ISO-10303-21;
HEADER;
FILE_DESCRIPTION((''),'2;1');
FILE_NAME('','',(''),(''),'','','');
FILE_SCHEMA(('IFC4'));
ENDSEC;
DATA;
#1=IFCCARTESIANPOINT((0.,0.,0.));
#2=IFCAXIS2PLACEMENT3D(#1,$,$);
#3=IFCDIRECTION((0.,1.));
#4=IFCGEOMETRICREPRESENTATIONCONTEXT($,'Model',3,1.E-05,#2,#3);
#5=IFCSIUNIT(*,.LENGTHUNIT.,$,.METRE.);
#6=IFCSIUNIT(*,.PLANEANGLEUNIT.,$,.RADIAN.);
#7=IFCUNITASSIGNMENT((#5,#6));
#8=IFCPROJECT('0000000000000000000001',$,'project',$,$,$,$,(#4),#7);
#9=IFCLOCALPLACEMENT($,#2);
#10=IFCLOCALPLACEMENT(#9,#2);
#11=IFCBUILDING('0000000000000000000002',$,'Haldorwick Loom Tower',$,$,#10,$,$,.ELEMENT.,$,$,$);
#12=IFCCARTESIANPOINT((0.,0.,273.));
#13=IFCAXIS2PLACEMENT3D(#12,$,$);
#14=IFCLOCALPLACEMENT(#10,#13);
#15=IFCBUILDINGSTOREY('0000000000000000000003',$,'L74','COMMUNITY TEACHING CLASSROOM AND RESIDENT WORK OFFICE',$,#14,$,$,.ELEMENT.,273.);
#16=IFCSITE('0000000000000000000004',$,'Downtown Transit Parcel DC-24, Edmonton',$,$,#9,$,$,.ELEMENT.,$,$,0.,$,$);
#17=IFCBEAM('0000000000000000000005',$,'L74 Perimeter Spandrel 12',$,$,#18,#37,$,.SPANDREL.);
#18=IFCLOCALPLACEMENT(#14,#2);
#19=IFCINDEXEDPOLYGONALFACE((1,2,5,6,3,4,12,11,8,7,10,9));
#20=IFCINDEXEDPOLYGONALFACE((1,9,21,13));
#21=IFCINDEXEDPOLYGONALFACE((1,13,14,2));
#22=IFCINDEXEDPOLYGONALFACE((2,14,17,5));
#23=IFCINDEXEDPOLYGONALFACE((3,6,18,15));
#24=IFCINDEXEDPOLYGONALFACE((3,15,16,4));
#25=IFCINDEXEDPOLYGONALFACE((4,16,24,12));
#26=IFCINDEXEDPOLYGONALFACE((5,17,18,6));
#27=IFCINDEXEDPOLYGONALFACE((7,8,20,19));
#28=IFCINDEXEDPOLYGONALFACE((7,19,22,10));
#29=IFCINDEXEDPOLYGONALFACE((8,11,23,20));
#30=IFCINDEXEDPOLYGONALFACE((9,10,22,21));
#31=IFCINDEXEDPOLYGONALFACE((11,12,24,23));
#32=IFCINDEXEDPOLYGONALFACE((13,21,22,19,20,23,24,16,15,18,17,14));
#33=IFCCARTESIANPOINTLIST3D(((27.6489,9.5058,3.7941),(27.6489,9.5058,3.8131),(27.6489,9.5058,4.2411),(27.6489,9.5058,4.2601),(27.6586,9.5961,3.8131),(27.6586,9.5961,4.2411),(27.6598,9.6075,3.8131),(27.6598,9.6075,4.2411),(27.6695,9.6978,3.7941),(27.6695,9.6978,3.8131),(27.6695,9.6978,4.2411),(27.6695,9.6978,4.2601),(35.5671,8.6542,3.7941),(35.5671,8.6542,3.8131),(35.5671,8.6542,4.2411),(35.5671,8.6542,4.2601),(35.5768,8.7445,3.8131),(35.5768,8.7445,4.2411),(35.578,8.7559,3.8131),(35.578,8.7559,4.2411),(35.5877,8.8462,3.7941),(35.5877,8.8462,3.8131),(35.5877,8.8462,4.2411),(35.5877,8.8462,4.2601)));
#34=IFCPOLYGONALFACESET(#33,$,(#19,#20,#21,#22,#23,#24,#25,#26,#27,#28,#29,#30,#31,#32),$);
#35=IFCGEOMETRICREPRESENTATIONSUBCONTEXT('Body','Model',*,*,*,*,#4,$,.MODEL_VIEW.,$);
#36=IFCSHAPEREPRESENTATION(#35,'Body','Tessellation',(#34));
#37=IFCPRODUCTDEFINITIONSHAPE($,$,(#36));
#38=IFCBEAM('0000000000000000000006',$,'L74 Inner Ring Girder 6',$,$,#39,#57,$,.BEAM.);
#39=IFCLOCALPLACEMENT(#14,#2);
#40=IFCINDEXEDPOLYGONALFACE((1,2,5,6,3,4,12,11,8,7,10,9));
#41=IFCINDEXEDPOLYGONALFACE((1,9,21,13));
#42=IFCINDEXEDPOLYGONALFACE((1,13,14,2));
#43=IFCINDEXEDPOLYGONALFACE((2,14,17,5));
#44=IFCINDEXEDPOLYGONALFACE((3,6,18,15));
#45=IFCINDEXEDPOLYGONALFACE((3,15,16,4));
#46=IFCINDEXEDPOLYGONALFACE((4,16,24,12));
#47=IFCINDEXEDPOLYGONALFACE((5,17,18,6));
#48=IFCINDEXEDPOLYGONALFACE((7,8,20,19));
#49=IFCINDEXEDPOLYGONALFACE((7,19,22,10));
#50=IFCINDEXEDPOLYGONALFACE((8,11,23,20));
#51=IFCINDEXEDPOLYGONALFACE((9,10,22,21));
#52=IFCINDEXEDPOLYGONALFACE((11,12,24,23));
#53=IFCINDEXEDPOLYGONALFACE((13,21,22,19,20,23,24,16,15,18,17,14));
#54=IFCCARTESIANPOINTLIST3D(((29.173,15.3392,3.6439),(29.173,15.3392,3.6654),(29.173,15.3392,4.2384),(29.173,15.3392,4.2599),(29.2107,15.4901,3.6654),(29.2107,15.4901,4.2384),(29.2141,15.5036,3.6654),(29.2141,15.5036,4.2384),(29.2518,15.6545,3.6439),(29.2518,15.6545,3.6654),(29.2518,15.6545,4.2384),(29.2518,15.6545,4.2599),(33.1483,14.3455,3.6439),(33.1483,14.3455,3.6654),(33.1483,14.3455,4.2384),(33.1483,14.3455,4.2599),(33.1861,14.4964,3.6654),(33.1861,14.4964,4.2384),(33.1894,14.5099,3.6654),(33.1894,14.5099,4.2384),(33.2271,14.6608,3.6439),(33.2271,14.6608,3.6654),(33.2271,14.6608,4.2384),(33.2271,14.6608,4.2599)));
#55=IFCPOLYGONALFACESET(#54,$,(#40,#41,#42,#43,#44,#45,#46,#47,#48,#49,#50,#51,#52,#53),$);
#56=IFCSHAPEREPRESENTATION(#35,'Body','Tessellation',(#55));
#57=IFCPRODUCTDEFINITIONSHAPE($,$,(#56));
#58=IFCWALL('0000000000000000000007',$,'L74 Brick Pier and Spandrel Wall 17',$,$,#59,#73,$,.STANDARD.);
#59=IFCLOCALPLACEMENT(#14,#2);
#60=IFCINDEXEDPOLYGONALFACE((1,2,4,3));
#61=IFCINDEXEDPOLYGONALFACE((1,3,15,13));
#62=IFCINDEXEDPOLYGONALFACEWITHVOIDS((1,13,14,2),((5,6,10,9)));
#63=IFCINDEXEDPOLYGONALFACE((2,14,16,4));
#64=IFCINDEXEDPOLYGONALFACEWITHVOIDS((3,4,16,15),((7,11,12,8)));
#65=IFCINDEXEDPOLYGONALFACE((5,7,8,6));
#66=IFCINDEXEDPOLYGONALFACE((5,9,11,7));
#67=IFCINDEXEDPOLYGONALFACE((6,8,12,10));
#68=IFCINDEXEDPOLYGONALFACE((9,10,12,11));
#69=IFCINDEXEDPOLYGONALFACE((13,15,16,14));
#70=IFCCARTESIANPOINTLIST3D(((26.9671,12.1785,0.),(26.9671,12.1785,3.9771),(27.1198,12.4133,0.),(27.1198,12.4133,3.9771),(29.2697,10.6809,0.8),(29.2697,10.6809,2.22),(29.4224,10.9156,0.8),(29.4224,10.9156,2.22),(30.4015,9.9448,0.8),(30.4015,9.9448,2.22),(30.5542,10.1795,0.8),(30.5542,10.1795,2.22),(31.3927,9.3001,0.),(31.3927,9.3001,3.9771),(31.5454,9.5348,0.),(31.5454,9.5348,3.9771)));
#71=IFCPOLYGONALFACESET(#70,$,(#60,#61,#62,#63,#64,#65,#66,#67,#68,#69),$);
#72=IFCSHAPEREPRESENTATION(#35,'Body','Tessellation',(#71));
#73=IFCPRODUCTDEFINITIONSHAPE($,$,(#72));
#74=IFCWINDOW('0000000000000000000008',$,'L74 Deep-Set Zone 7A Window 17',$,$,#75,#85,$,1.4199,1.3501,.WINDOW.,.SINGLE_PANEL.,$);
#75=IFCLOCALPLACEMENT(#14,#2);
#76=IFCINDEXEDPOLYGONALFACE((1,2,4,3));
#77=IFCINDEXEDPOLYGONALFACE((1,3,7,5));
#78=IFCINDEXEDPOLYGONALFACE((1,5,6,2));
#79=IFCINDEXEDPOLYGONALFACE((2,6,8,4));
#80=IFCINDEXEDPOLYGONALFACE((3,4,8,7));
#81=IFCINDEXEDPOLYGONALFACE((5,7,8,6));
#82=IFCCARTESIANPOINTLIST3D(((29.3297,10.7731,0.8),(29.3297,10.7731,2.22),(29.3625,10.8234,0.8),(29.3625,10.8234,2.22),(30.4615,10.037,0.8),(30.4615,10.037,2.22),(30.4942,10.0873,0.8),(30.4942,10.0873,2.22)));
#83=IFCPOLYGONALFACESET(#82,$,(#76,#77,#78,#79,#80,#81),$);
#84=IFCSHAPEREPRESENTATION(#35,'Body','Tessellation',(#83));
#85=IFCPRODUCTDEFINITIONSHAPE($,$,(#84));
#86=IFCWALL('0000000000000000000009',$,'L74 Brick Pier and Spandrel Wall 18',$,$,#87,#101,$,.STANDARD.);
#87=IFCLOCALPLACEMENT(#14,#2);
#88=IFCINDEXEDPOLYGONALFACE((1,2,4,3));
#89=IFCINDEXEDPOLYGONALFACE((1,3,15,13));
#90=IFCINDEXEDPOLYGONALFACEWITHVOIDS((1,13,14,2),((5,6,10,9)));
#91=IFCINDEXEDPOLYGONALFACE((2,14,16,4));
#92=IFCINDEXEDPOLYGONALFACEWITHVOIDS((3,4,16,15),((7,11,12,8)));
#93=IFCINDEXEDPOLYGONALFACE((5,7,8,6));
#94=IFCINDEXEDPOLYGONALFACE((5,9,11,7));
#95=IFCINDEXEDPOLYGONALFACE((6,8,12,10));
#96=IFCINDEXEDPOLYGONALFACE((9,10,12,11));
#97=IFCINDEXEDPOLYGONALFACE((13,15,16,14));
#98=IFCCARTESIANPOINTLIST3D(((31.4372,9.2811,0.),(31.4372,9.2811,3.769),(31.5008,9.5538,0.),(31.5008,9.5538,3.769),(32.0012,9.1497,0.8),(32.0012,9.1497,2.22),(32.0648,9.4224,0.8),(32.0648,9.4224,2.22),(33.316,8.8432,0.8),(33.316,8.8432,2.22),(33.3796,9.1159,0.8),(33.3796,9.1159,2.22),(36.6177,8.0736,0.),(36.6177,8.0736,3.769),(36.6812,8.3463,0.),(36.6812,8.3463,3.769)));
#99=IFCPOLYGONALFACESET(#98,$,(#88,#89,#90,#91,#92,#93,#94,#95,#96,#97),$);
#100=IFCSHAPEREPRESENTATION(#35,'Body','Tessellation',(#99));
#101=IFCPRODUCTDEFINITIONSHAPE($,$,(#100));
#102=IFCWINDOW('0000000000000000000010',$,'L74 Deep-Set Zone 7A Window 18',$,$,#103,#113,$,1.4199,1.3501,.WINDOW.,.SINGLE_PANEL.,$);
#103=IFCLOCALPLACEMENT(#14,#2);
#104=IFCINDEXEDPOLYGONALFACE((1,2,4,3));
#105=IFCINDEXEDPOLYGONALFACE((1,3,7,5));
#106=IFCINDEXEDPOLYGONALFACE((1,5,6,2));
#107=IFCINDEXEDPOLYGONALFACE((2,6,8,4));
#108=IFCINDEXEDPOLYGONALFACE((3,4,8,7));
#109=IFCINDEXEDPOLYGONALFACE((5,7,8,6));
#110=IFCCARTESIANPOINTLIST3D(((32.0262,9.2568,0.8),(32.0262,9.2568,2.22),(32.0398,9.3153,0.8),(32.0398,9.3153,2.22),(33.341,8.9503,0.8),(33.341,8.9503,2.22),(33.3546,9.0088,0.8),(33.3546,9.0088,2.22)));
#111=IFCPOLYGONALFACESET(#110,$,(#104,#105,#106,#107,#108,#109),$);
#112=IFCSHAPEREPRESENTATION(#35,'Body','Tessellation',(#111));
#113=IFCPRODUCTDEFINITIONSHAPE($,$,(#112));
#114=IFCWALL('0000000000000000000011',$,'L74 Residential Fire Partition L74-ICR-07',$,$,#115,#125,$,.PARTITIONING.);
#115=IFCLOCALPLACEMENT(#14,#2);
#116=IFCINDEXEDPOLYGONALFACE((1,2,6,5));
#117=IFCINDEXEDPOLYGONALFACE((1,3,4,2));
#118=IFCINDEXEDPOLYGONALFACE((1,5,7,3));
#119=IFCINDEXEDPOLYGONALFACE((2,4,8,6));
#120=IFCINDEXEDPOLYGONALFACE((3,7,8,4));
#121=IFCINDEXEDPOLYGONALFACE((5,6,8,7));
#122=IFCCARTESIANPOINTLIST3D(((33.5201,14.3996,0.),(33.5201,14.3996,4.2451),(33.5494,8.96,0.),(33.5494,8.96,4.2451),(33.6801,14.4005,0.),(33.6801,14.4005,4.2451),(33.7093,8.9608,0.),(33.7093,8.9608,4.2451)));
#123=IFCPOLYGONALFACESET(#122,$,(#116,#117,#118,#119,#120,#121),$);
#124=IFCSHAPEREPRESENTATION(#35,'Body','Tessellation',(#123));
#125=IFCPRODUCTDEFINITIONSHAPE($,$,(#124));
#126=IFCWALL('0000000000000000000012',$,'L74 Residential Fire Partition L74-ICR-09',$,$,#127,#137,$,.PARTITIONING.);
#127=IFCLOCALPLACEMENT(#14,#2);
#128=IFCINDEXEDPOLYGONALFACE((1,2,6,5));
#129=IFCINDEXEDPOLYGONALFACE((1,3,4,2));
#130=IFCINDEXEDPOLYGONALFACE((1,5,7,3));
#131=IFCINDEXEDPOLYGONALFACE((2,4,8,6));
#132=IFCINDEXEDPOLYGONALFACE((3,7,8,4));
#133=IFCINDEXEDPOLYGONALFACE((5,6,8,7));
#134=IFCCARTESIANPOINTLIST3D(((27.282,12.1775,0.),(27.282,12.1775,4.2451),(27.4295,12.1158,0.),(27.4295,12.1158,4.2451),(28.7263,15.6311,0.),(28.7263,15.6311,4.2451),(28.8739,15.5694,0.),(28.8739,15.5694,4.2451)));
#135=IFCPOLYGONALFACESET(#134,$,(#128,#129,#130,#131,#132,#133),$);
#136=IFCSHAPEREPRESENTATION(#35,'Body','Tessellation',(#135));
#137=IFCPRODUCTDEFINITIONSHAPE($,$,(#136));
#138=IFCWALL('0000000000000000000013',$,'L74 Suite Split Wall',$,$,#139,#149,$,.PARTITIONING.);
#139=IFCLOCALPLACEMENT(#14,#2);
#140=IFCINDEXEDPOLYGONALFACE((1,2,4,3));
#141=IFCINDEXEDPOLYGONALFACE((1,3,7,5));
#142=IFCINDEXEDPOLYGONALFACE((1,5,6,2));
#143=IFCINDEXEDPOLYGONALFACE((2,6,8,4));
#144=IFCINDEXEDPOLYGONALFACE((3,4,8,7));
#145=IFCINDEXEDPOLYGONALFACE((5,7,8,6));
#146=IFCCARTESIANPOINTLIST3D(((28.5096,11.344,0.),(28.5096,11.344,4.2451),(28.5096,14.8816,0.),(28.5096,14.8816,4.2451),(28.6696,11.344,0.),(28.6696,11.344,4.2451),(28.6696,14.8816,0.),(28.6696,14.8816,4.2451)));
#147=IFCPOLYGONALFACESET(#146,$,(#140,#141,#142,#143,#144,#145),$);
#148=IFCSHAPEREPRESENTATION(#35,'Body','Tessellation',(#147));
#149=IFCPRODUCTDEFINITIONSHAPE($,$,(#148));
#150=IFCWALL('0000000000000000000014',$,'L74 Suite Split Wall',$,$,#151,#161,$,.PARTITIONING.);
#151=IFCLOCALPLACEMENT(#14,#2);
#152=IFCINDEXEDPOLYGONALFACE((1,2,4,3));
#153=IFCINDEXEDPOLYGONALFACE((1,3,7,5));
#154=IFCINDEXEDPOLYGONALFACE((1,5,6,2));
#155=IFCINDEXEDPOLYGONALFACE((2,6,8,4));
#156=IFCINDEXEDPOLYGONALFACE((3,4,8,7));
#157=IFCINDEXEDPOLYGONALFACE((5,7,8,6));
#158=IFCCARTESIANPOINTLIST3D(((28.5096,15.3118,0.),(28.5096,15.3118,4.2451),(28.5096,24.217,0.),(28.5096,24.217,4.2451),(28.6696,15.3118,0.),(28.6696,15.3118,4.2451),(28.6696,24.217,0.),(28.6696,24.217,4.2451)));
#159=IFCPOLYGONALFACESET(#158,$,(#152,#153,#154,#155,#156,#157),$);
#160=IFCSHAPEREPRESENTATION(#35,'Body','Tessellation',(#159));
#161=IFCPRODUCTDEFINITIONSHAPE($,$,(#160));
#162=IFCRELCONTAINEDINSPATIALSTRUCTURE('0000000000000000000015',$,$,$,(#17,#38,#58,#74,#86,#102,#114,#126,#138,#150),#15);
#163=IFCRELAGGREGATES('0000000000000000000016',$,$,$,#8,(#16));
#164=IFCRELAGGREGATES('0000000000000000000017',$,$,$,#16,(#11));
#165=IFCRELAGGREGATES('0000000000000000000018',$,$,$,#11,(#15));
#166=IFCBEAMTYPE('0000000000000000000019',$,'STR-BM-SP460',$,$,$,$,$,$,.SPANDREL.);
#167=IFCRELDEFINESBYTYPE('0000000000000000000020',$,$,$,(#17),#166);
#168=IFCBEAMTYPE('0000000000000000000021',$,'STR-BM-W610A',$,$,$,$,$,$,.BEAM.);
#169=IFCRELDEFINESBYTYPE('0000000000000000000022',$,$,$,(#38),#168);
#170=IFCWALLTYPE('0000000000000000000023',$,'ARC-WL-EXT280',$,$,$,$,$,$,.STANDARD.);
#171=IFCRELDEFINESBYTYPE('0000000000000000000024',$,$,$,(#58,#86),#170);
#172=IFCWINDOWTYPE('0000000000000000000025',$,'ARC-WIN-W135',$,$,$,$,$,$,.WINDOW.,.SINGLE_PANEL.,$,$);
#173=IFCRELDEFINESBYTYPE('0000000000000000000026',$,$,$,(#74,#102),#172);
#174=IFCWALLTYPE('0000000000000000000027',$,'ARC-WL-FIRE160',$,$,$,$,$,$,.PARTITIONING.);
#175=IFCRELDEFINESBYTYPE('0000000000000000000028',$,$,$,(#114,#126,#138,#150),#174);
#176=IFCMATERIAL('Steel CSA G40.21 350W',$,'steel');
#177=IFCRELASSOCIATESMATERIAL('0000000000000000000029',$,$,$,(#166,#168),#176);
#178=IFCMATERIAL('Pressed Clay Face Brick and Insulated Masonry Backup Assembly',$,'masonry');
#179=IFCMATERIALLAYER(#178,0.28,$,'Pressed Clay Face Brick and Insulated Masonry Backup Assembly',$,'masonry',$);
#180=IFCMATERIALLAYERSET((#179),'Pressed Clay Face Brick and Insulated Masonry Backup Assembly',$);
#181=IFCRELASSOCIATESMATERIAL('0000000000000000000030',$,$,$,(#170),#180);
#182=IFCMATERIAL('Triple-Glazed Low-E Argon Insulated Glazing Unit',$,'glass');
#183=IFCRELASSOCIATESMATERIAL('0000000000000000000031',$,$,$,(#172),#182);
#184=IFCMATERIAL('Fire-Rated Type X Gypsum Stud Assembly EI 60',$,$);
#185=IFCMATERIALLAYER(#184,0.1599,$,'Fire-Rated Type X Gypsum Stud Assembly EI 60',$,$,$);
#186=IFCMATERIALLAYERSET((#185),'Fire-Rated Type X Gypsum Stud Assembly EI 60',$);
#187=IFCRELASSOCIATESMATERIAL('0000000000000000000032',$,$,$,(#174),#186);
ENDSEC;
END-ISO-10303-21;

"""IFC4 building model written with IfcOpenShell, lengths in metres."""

from ifc_helpers import new_model, si_unit, direction, frame, frame_2d, origin, origin_2d, place, context, subcontext, project, spatial, rectangle, i_section, extrude, material, layer, layer_set, material_profile, profile_set, type_object, element, fill, save


model = new_model("IFC4")

# Units and contexts
model_context = context("Model", 3, precision=1e-05, world=origin(), true_north=direction((0.0, 1.0)))
body_context = subcontext(model_context, "Body", "Model", "MODEL_VIEW")
ifc_project = project(units=[si_unit("LENGTHUNIT", "METRE"), si_unit("PLANEANGLEUNIT", "RADIAN")], contexts=[model_context])

# Site, building, storey
site_placement = place(None, origin())
site = spatial("IfcSite", under=ifc_project, at=site_placement, Name="Downtown Transit Parcel DC-24, Edmonton", CompositionType="ELEMENT", RefElevation=0.0)
building_placement = place(site_placement, origin())
building = spatial("IfcBuilding", under=site, at=building_placement, Name="Haldorwick Loom Tower", CompositionType="ELEMENT")
storey_placement = place(building_placement, frame((0.0, 0.0, 273.0)))
storey = spatial("IfcBuildingStorey", under=building, at=storey_placement, Name="L74", Description="COMMUNITY TEACHING CLASSROOM AND RESIDENT WORK OFFICE", CompositionType="ELEMENT", Elevation=273.0)

# Beams
ifc_material_1 = material(Name="Steel CSA G40.21 350W", Category="steel")
ifc_material_profile_1 = material_profile(ifc_material_1, i_section(OverallWidth=0.1931, OverallDepth=0.4661, WebThickness=0.0115, FlangeThickness=0.019, at=origin_2d()), Name="W460X97", Category="steel")
ifc_profile_set_1 = profile_set([ifc_material_profile_1], Name="Steel CSA G40.21 350W")
beam_type_1 = type_object("IfcBeamType", Name="STR-BM-SP460", PredefinedType="SPANDREL", material=ifc_profile_set_1)
beam_1_placement = place(storey_placement, frame((27.6592, 9.6018, 4.0271), z_axis=(0.994267, -0.106928, 0.0), x_axis=(0.106928, 0.994267, 0.0)))
element("IfcBeam", 1, at=beam_1_placement, inside=storey, type_object=beam_type_1, Name="L74 Perimeter Spandrel 12", PredefinedType="SPANDREL", context=body_context, shape_type="SweptSolid", body=[
    extrude(i_section(OverallWidth=0.1931, OverallDepth=0.4661, WebThickness=0.0115, FlangeThickness=0.019, at=origin_2d()), origin(), (0.0, 0.0, 1.0), 7.9639),
])
ifc_material_profile_2 = material_profile(ifc_material_1, i_section(OverallWidth=0.325, OverallDepth=0.616, WebThickness=0.0139, FlangeThickness=0.0215, at=origin_2d()), Name="W610X174", Category="steel")
ifc_profile_set_2 = profile_set([ifc_material_profile_2], Name="Steel CSA G40.21 350W")
beam_type_2 = type_object("IfcBeamType", Name="STR-BM-W610A", PredefinedType="BEAM", material=ifc_profile_set_2)
beam_2_placement = place(storey_placement, frame((33.1877, 14.5032, 3.9519), z_axis=(-0.970153, 0.242494, 0.0), x_axis=(-0.242494, -0.970153, 0.0)))
element("IfcBeam", 2, at=beam_2_placement, inside=storey, type_object=beam_type_2, Name="L74 Inner Ring Girder 6", PredefinedType="BEAM", context=body_context, shape_type="SweptSolid", body=[
    extrude(i_section(OverallWidth=0.325, OverallDepth=0.616, WebThickness=0.0139, FlangeThickness=0.0215, at=origin_2d()), origin(), (0.0, 0.0, 1.0), 4.0977),
])

# Walls, openings, windows
ifc_material_2 = material(Name="Pressed Clay Face Brick and Insulated Masonry Backup Assembly", Category="masonry")
ifc_layer_1 = layer(ifc_material_2, 0.28, Name="Pressed Clay Face Brick and Insulated Masonry Backup Assembly", Category="masonry")
ifc_layer_set_1 = layer_set([ifc_layer_1], Name="Pressed Clay Face Brick and Insulated Masonry Backup Assembly")
wall_type_1 = type_object("IfcWallType", Name="ARC-WL-EXT280", PredefinedType="STANDARD", material=ifc_layer_set_1)
wall_1_placement = place(storey_placement, frame((27.0435, 12.2959, 0.0), z_axis=(0.0, 0.0, 1.0), x_axis=(0.838286, -0.545231, 0.0)))
wall_1 = element("IfcWall", 3, at=wall_1_placement, inside=storey, type_object=wall_type_1, Name="L74 Brick Pier and Spandrel Wall 17", PredefinedType="STANDARD", context=body_context, shape_type="SweptSolid", body=[
    extrude(rectangle(XDim=5.2793, YDim=0.28, at=frame_2d((2.6396, 0.0))), origin(), (0.0, 0.0, 1.0), 3.9771),
])
opening_1_placement = place(wall_1_placement, frame((2.7468, 0.0, 0.8)))
opening_1 = element("IfcOpeningElement", 4, at=opening_1_placement, cuts=wall_1, PredefinedType="OPENING", context=body_context, shape_type="SweptSolid", body=[
    extrude(rectangle(XDim=1.3501, YDim=1.4199, at=frame_2d((0.675, 0.71))), frame((0.0, 0.1499, 0.0), z_axis=(0.0, -1.0, 0.0), x_axis=(1.0, 0.0, 0.0)), (0.0, 0.0, 1.0), 0.3),
])
ifc_material_3 = material(Name="Triple-Glazed Low-E Argon Insulated Glazing Unit", Category="glass")
window_type = type_object("IfcWindowType", Name="ARC-WIN-W135", PartitioningType="SINGLE_PANEL", PredefinedType="WINDOW", material=ifc_material_3)
window_1_placement = place(opening_1_placement, origin())
window_1 = element("IfcWindow", 5, at=window_1_placement, inside=storey, type_object=window_type, Name="L74 Deep-Set Zone 7A Window 17", OverallHeight=1.4199, OverallWidth=1.3501, PartitioningType="SINGLE_PANEL", PredefinedType="WINDOW", context=body_context, shape_type="SweptSolid", body=[
    extrude(rectangle(XDim=1.3501, YDim=1.4199, at=frame_2d((0.675, 0.71))), frame((0.0, 0.03, 0.0), z_axis=(0.0, -1.0, 0.0), x_axis=(1.0, 0.0, 0.0)), (0.0, 0.0, 1.0), 0.0601),
])
fill(opening_1, window_1)
wall_2_placement = place(storey_placement, frame((31.469, 9.4175, 0.0), z_axis=(0.0, 0.0, 1.0), x_axis=(0.973893, -0.227008, 0.0)))
wall_2 = element("IfcWall", 6, at=wall_2_placement, inside=storey, type_object=wall_type_1, Name="L74 Brick Pier and Spandrel Wall 18", PredefinedType="STANDARD", context=body_context, shape_type="SweptSolid", body=[
    extrude(rectangle(XDim=5.3193, YDim=0.28, at=frame_2d((2.6597, 0.0))), origin(), (0.0, 0.0, 1.0), 3.769),
])
opening_2_placement = place(wall_2_placement, frame((0.5791, 0.0, 0.8)))
opening_2 = element("IfcOpeningElement", 7, at=opening_2_placement, cuts=wall_2, PredefinedType="OPENING", context=body_context, shape_type="SweptSolid", body=[
    extrude(rectangle(XDim=1.3501, YDim=1.4199, at=frame_2d((0.675, 0.71))), frame((0.0, 0.1499, 0.0), z_axis=(0.0, -1.0, 0.0), x_axis=(1.0, 0.0, 0.0)), (0.0, 0.0, 1.0), 0.3),
])
window_2_placement = place(opening_2_placement, origin())
window_2 = element("IfcWindow", 8, at=window_2_placement, inside=storey, type_object=window_type, Name="L74 Deep-Set Zone 7A Window 18", OverallHeight=1.4199, OverallWidth=1.3501, PartitioningType="SINGLE_PANEL", PredefinedType="WINDOW", context=body_context, shape_type="SweptSolid", body=[
    extrude(rectangle(XDim=1.3501, YDim=1.4199, at=frame_2d((0.675, 0.71))), frame((0.0, 0.03, 0.0), z_axis=(0.0, -1.0, 0.0), x_axis=(1.0, 0.0, 0.0)), (0.0, 0.0, 1.0), 0.0601),
])
fill(opening_2, window_2)

# Walls
ifc_material_4 = material(Name="Fire-Rated Type X Gypsum Stud Assembly EI 60")
ifc_layer_2 = layer(ifc_material_4, 0.1599, Name="Fire-Rated Type X Gypsum Stud Assembly EI 60")
ifc_layer_set_2 = layer_set([ifc_layer_2], Name="Fire-Rated Type X Gypsum Stud Assembly EI 60")
wall_type_2 = type_object("IfcWallType", Name="ARC-WL-FIRE160", PredefinedType="PARTITIONING", material=ifc_layer_set_2)
wall_3_placement = place(storey_placement, frame((33.6001, 14.3999, 0.0), z_axis=(0.0, 0.0, 1.0), x_axis=(0.005386, -0.999985, 0.0)))
element("IfcWall", 9, at=wall_3_placement, inside=storey, type_object=wall_type_2, Name="L74 Residential Fire Partition L74-ICR-07", PredefinedType="PARTITIONING", context=body_context, shape_type="SweptSolid", body=[
    extrude(rectangle(XDim=5.4397, YDim=0.1599, at=frame_2d((2.7197, 0.0))), origin(), (0.0, 0.0, 1.0), 4.2451),
])
wall_4_placement = place(storey_placement, frame((28.8, 15.6001, 0.0), z_axis=(0.0, 0.0, 1.0), x_axis=(-0.385828, -0.922571, 0.0)))
element("IfcWall", 10, at=wall_4_placement, inside=storey, type_object=wall_type_2, Name="L74 Residential Fire Partition L74-ICR-09", PredefinedType="PARTITIONING", context=body_context, shape_type="SweptSolid", body=[
    extrude(rectangle(XDim=3.7434, YDim=0.1599, at=frame_2d((1.8716, 0.0))), origin(), (0.0, 0.0, 1.0), 4.2451),
])
wall_5_placement = place(storey_placement, frame((28.5896, 11.344, 0.0), z_axis=(0.0, 0.0, 1.0), x_axis=(0.0, 1.0, 0.0)))
element("IfcWall", 11, at=wall_5_placement, inside=storey, type_object=wall_type_2, Name="L74 Suite Split Wall", PredefinedType="PARTITIONING", context=body_context, shape_type="SweptSolid", body=[
    extrude(rectangle(XDim=3.5376, YDim=0.1599, at=frame_2d((1.7688, 0.0))), origin(), (0.0, 0.0, 1.0), 4.2451),
])
wall_6_placement = place(storey_placement, frame((28.5896, 15.3118, 0.0), z_axis=(0.0, 0.0, 1.0), x_axis=(0.0, 1.0, 0.0)))
element("IfcWall", 12, at=wall_6_placement, inside=storey, type_object=wall_type_2, Name="L74 Suite Split Wall", PredefinedType="PARTITIONING", context=body_context, shape_type="SweptSolid", body=[
    extrude(rectangle(XDim=8.9053, YDim=0.1599, at=frame_2d((4.4526, 0.0))), origin(), (0.0, 0.0, 1.0), 4.2451),
])

save(model, "model.ifc")
